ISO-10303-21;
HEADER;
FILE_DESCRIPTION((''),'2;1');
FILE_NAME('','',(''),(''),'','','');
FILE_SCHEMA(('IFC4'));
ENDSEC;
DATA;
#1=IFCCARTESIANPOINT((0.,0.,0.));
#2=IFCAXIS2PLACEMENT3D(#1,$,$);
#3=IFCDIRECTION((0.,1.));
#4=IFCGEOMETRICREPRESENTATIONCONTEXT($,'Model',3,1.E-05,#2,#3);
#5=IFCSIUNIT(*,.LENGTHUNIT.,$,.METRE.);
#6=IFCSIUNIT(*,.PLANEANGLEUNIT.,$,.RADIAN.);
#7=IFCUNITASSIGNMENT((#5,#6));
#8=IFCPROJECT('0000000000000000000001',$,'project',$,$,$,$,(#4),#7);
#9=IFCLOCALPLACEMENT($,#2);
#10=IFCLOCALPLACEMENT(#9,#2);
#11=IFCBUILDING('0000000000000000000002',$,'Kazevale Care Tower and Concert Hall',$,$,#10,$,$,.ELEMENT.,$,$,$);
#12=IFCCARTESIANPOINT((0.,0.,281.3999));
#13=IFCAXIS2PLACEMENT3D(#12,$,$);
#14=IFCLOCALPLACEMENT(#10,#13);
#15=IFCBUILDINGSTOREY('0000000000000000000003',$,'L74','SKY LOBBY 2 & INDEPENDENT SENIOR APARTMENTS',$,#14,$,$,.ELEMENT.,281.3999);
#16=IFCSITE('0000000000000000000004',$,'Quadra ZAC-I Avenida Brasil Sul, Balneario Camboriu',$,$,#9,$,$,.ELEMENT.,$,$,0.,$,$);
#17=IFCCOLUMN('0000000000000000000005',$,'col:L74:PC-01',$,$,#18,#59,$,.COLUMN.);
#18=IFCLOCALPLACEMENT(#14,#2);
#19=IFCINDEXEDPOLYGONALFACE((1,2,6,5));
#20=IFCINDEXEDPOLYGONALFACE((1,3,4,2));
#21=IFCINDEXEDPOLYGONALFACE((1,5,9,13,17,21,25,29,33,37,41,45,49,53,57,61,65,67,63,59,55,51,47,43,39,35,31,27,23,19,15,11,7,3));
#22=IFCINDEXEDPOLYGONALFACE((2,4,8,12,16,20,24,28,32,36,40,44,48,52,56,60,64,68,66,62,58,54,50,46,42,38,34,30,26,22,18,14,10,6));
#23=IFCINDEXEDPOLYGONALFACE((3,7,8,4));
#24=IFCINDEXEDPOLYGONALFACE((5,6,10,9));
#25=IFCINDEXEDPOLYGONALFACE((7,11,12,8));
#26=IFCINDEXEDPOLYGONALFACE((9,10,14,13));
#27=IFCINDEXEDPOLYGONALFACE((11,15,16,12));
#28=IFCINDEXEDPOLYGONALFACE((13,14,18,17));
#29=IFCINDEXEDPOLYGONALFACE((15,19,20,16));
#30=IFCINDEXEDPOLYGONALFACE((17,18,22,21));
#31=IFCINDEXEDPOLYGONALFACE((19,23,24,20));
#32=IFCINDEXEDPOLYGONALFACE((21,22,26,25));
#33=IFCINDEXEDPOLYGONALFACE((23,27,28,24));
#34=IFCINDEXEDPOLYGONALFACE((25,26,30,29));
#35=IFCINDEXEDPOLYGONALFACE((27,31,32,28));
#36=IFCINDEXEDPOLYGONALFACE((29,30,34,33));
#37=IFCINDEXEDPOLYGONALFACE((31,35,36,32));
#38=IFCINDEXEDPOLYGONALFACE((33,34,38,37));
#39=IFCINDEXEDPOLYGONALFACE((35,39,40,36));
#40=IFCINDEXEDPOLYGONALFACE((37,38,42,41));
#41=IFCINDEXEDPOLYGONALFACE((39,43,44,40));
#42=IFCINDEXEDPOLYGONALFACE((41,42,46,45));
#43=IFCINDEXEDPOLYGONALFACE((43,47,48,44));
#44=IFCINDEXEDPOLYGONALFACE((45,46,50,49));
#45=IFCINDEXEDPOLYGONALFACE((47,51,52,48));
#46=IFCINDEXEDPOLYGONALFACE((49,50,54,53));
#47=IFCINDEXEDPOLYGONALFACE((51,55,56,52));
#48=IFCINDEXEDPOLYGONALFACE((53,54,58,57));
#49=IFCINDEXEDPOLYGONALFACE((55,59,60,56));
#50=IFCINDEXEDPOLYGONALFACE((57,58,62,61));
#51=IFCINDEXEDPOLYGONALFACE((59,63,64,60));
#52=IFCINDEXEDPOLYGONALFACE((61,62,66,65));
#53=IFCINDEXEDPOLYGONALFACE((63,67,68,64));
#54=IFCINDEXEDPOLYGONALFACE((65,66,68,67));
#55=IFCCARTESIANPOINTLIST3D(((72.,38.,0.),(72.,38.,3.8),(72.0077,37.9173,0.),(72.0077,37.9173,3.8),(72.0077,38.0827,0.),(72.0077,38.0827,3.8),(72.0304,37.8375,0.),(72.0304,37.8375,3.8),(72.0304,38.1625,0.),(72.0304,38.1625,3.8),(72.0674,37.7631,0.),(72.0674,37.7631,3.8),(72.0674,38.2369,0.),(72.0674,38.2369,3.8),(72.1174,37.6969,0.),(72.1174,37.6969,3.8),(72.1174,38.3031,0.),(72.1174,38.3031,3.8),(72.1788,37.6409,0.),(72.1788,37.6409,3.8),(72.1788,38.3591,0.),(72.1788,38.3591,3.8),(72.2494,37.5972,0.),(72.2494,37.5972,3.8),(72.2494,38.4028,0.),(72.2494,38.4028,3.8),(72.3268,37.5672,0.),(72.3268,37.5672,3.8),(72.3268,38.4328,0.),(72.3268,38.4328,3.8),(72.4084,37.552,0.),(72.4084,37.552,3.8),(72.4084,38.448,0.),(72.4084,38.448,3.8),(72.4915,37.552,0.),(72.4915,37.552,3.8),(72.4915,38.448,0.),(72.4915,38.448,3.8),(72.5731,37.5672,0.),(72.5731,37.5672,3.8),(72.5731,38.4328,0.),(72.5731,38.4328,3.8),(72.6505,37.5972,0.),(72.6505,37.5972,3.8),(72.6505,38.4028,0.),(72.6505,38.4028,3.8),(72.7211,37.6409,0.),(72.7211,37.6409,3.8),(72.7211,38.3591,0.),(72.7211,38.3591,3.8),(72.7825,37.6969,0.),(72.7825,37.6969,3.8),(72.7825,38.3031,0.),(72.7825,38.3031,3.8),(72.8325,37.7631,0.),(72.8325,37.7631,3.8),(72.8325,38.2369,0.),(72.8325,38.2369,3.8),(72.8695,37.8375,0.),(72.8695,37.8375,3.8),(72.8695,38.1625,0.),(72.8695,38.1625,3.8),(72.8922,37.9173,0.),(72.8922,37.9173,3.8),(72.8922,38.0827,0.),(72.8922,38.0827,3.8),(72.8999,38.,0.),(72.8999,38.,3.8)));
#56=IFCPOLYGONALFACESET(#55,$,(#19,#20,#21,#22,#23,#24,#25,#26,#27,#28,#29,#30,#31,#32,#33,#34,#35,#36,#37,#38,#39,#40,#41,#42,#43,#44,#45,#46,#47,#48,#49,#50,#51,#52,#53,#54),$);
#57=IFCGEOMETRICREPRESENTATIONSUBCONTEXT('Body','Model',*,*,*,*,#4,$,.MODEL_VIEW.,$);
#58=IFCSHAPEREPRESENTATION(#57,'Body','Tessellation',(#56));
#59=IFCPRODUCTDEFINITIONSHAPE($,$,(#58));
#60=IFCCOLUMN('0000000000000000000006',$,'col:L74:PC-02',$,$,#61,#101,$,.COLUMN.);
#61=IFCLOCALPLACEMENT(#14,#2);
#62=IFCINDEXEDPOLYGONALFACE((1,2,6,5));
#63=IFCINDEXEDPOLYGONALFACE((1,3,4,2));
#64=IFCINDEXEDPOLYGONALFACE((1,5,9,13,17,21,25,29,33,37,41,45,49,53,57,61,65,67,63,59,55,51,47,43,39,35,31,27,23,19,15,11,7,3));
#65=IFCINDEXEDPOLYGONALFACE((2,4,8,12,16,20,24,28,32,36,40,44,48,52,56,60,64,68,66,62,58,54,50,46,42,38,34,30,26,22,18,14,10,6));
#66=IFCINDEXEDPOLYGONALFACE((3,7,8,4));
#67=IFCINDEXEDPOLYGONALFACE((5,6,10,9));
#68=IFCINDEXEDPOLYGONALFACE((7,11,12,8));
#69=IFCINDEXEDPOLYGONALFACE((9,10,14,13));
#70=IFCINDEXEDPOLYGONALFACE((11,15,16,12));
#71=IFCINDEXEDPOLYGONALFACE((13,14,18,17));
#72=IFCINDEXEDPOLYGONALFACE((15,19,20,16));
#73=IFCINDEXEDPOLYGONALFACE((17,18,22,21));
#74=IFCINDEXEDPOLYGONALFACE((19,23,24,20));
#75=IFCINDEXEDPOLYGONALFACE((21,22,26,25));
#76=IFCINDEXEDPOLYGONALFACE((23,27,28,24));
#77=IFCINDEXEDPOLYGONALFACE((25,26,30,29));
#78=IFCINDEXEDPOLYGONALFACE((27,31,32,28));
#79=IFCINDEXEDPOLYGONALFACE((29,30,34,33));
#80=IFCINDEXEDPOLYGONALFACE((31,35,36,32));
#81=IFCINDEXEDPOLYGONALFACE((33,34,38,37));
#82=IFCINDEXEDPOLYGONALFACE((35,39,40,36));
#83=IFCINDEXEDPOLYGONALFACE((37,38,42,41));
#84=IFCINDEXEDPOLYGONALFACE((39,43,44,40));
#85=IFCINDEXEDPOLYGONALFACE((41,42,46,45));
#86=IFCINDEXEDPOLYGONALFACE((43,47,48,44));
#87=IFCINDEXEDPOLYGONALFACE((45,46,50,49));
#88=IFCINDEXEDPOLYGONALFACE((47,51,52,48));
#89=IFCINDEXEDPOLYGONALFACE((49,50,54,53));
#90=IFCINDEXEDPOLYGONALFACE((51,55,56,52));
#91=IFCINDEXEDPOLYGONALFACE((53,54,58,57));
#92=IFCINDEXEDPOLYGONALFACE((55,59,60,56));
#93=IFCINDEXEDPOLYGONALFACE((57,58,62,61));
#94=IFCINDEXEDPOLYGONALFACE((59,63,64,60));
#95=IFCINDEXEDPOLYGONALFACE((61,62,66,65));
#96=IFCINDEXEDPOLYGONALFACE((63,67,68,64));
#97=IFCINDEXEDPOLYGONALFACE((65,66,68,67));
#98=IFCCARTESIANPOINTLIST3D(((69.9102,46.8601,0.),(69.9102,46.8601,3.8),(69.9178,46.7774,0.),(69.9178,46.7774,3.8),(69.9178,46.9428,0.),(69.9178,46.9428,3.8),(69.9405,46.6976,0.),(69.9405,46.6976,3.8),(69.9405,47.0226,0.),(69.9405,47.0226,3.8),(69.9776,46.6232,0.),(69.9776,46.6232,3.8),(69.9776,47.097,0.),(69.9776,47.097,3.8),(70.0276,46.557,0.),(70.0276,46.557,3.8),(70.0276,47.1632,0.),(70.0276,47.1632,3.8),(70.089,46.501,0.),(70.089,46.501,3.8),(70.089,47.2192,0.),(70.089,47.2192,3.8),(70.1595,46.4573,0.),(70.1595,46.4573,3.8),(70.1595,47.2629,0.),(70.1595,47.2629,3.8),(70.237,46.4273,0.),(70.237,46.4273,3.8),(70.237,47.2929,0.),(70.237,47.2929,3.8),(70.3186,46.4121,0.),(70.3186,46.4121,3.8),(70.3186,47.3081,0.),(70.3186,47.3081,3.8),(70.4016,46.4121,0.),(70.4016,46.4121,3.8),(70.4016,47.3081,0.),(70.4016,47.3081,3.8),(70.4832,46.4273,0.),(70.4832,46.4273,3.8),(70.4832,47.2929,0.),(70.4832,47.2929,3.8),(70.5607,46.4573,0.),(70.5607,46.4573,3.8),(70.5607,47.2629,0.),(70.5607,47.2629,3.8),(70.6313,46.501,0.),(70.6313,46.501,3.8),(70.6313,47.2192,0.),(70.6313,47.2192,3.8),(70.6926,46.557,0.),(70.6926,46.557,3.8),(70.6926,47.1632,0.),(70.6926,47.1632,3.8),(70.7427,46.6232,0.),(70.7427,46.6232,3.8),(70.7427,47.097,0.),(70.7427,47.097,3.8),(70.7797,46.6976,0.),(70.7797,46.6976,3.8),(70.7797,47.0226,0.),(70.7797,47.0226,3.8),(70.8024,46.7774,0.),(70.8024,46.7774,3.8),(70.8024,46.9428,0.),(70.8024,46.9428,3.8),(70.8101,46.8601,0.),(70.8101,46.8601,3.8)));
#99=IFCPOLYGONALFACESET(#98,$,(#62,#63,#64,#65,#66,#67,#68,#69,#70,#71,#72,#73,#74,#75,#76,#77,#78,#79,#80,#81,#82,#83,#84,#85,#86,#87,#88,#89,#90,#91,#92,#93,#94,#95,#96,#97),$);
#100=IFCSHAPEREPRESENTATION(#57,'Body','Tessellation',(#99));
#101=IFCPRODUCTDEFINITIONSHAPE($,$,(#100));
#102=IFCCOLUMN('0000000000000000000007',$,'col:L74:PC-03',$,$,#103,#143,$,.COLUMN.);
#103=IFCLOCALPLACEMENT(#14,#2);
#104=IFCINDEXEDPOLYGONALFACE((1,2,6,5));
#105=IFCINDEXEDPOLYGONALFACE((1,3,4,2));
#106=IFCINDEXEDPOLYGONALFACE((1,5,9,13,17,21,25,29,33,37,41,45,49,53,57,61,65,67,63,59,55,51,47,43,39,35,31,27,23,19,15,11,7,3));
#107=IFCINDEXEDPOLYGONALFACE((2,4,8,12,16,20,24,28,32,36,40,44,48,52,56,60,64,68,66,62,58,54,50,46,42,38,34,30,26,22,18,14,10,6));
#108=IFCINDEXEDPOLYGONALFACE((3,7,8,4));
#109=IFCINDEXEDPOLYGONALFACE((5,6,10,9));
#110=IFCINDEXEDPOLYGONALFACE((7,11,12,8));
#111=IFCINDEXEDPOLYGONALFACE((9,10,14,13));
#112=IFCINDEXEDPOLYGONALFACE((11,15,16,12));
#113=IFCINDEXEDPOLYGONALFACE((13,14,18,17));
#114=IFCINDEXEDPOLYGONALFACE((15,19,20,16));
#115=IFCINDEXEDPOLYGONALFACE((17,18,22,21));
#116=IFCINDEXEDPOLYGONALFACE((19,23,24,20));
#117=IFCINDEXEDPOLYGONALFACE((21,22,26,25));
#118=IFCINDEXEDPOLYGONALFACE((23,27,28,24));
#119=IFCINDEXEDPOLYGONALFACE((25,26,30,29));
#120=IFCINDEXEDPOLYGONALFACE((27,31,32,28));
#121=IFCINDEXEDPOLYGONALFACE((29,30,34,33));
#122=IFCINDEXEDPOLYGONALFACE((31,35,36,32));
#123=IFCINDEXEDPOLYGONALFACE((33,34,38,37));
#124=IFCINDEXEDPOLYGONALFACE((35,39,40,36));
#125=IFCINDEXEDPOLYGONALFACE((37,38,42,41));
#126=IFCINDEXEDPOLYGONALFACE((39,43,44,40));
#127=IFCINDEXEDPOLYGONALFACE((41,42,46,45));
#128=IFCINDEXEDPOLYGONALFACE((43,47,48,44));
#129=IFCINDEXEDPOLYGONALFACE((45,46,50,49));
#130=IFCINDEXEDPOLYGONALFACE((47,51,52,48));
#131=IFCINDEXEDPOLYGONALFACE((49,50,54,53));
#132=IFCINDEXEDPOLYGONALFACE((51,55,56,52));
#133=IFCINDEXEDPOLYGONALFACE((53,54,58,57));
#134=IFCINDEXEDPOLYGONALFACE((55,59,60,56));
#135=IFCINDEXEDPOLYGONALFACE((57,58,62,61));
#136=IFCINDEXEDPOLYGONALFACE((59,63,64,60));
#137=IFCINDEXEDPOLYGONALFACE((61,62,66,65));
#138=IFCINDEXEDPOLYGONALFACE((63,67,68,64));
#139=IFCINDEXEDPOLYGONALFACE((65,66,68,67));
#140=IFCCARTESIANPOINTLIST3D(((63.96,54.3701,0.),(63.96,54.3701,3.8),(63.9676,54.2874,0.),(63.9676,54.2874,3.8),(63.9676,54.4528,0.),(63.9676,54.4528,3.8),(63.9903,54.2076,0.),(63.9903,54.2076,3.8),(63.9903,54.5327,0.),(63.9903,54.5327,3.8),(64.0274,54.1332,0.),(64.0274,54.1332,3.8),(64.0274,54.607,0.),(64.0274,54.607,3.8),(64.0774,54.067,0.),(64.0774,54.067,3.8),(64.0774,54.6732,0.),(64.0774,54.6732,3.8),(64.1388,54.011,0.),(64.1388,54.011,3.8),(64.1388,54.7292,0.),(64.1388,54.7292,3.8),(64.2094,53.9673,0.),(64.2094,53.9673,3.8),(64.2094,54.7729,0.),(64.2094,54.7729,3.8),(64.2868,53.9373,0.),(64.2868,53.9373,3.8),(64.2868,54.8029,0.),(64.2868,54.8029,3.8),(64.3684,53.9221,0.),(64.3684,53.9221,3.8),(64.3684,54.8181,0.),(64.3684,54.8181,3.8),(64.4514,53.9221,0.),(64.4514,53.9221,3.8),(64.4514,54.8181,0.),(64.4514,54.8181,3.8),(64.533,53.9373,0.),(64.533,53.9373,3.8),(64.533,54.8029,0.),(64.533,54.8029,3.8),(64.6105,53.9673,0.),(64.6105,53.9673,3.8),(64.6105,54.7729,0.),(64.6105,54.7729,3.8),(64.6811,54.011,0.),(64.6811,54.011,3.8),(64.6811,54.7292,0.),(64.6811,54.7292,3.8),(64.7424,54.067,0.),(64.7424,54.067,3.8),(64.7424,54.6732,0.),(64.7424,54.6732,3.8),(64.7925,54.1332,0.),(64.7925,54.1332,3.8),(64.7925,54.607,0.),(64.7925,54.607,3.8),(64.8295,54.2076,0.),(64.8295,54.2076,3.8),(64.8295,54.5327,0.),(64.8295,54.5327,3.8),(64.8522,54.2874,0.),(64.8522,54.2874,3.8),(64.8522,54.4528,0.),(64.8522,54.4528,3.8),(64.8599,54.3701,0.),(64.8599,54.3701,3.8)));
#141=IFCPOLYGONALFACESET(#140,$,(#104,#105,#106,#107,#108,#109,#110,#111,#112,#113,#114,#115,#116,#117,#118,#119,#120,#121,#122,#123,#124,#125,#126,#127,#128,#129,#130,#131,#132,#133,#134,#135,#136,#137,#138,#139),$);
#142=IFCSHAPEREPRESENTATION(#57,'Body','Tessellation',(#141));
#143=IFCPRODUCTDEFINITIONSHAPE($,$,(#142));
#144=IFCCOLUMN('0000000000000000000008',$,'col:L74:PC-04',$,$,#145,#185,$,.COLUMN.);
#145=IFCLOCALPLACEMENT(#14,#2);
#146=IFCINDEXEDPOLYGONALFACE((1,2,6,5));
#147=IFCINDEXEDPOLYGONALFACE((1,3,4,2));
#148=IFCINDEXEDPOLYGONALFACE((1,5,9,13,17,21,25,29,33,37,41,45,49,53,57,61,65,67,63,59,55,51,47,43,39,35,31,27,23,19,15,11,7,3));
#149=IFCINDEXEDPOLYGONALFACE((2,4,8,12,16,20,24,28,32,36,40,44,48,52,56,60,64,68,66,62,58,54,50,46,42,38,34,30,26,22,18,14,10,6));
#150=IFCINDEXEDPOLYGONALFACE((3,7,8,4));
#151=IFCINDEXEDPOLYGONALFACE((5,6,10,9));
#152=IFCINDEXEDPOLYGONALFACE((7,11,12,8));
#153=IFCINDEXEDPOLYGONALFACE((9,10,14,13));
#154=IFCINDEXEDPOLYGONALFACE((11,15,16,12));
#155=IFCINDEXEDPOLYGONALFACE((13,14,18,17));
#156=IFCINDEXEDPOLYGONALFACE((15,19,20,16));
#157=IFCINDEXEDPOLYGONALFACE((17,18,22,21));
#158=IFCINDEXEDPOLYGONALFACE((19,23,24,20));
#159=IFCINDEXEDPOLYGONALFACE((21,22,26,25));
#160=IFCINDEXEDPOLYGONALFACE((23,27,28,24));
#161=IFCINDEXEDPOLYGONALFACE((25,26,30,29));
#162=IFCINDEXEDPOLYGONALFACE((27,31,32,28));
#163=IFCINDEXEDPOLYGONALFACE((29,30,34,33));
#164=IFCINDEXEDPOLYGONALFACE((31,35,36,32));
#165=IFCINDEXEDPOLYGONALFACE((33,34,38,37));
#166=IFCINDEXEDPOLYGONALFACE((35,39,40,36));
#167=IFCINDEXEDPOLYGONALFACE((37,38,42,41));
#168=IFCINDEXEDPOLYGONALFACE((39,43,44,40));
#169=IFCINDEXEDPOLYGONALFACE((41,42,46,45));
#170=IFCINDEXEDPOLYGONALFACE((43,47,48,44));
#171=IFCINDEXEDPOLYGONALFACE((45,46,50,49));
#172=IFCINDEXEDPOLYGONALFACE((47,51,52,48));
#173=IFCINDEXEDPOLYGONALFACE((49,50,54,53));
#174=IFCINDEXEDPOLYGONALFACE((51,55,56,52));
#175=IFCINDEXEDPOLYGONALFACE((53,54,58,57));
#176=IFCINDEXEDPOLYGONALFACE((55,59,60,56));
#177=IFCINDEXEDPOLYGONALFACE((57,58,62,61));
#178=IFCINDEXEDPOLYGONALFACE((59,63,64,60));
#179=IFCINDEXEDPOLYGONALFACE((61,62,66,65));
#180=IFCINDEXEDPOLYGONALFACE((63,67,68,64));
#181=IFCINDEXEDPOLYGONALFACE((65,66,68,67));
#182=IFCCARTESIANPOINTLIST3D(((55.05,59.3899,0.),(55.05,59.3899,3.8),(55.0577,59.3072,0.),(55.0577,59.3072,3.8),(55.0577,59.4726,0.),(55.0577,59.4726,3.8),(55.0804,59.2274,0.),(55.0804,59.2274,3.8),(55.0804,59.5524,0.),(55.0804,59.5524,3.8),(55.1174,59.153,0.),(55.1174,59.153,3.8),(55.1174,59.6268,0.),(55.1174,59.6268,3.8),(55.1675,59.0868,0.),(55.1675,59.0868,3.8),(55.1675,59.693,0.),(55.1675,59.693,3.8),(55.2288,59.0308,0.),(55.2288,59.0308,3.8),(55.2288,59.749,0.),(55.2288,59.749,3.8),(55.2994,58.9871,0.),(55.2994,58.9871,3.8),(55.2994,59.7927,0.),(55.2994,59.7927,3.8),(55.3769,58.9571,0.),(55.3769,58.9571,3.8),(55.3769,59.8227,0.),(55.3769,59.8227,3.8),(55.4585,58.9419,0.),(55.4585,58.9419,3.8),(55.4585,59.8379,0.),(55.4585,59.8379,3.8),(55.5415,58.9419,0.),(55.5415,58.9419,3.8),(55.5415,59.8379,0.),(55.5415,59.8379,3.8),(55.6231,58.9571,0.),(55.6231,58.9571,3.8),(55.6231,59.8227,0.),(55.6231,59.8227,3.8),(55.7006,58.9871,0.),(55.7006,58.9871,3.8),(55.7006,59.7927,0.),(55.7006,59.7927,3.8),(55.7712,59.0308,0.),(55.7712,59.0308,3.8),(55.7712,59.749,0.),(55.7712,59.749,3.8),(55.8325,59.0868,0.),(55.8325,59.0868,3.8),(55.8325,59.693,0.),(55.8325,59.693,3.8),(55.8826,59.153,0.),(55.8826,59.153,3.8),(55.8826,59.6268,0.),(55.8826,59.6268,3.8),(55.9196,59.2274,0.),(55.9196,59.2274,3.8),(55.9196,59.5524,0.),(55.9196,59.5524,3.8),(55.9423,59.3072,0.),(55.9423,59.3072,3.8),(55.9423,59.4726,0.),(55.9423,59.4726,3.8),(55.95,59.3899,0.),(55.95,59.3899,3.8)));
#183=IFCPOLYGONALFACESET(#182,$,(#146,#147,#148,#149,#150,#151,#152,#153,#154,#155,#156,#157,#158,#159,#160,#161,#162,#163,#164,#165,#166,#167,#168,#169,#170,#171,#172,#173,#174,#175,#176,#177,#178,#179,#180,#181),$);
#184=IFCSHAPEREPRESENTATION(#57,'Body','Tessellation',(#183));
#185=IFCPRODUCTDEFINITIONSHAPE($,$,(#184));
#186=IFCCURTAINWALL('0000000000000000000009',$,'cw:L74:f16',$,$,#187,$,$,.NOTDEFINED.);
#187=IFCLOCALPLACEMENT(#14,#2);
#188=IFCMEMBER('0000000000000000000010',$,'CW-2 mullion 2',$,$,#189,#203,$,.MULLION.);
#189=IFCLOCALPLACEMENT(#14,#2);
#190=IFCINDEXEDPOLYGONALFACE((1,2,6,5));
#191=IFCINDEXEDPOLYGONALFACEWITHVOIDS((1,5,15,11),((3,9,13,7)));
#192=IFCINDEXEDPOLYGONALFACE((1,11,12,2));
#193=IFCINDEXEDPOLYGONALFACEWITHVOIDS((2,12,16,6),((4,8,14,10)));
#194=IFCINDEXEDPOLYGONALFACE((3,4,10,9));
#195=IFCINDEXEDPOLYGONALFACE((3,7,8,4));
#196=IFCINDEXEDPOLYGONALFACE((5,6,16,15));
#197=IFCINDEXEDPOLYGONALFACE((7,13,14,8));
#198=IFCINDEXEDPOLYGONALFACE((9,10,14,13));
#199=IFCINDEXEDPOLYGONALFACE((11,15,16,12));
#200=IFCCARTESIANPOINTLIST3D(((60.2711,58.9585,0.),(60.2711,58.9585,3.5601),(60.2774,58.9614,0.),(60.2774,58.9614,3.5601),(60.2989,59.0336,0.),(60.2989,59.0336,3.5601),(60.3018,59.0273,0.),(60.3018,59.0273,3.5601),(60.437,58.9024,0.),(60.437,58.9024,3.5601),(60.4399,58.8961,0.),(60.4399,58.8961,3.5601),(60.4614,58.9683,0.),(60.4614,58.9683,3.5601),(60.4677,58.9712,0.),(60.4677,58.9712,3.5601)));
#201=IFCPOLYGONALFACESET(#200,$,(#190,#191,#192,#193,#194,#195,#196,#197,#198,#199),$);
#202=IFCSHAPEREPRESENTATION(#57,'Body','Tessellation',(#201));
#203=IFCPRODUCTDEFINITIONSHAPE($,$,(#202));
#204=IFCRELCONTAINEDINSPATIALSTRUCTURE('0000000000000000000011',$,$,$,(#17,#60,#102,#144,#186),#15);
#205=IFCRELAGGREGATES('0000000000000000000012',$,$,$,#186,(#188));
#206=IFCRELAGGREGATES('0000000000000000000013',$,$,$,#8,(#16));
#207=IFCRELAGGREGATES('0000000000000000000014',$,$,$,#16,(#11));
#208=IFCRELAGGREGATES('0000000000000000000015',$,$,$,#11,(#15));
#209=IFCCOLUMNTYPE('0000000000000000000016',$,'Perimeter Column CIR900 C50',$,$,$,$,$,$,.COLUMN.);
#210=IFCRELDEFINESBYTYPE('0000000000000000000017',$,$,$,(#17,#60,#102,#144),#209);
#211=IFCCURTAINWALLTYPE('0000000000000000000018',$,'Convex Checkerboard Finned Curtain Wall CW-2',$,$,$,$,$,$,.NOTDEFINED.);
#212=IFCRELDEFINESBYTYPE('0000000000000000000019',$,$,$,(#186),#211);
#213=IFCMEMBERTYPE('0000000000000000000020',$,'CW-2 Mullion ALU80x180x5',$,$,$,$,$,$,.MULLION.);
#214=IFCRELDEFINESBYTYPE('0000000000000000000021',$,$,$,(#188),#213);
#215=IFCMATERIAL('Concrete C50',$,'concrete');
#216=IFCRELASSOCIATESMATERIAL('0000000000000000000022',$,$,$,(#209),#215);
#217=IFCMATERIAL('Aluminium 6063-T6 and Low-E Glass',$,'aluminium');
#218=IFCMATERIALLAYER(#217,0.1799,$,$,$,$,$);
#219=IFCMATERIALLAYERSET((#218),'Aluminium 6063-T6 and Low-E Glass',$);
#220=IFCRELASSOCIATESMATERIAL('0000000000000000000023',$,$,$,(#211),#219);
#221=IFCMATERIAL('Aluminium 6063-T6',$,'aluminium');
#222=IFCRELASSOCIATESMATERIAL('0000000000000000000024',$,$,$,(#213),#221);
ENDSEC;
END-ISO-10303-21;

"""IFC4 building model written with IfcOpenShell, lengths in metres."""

from ifc_helpers import new_model, si_unit, direction, frame, origin, origin_2d, place, context, subcontext, project, spatial, hollow_rectangle, circle, extrude, material, layer, layer_set, material_profile, profile_set, type_object, element, aggregate, save


model = new_model("IFC4")

# Units and contexts
model_context = context("Model", 3, precision=1e-05, world=origin(), true_north=direction((0.0, 1.0)))
body_context = subcontext(model_context, "Body", "Model", "MODEL_VIEW")
ifc_project = project(units=[si_unit("LENGTHUNIT", "METRE"), si_unit("PLANEANGLEUNIT", "RADIAN")], contexts=[model_context])

# Site, building, storey
site_placement = place(None, origin())
site = spatial("IfcSite", under=ifc_project, at=site_placement, Name="Quadra ZAC-I Avenida Brasil Sul, Balneario Camboriu", CompositionType="ELEMENT", RefElevation=0.0)
building_placement = place(site_placement, origin())
building = spatial("IfcBuilding", under=site, at=building_placement, Name="Kazevale Care Tower and Concert Hall", CompositionType="ELEMENT")
storey_placement = place(building_placement, frame((0.0, 0.0, 281.3999)))
storey = spatial("IfcBuildingStorey", under=building, at=storey_placement, Name="L74", Description="SKY LOBBY 2 & INDEPENDENT SENIOR APARTMENTS", CompositionType="ELEMENT", Elevation=281.3999)

# Columns
ifc_material_1 = material(Name="Concrete C50", Category="concrete")
ifc_material_profile_1 = material_profile(ifc_material_1, circle(Radius=0.45, at=origin_2d()), Name="RC-CIR900")
ifc_profile_set_1 = profile_set([ifc_material_profile_1], Name="Concrete C50")
column_type = type_object("IfcColumnType", Name="Perimeter Column CIR900 C50", PredefinedType="COLUMN", material=ifc_profile_set_1)
for number, where, z_axis, x_axis, name in (
    (1, (72.45, 38.0, 0.0), (0.0, 0.0, 1.0), (1.0, 0.0, 0.0), "col:L74:PC-01"),
    (2, (70.3601, 46.8601, 0.0), (0.0, 0.0, 1.0), (1.0, 0.0, 0.0), "col:L74:PC-02"),
    (3, (64.4099, 54.3701, 0.0), (0.0, 0.0, 1.0), (1.0, 0.0, 0.0), "col:L74:PC-03"),
    (4, (55.5, 59.3899, 0.0), (0.0, 0.0, 1.0), (1.0, 0.0, 0.0), "col:L74:PC-04"),
):
    element("IfcColumn", number, at=place(storey_placement, frame(where, z_axis=z_axis, x_axis=x_axis)), inside=storey, type_object=column_type, Name=name, PredefinedType="COLUMN", context=body_context, shape_type="SweptSolid", body=[
        extrude(circle(Radius=0.45, at=origin_2d()), origin(), (0.0, 0.0, 1.0), 3.8),
    ])

# Curtain wall, member
ifc_material_2 = material(Name="Aluminium 6063-T6 and Low-E Glass", Category="aluminium")
ifc_layer_1 = layer(ifc_material_2, 0.1799)
ifc_layer_set_1 = layer_set([ifc_layer_1], Name="Aluminium 6063-T6 and Low-E Glass")
curtain_wall_type_1 = type_object("IfcCurtainWallType", Name="Convex Checkerboard Finned Curtain Wall CW-2", PredefinedType="NOTDEFINED", material=ifc_layer_set_1)
curtain_wall_1_placement = place(storey_placement, origin())
curtain_wall_1 = element("IfcCurtainWall", 5, at=curtain_wall_1_placement, inside=storey, type_object=curtain_wall_type_1, Name="cw:L74:f16", PredefinedType="NOTDEFINED")
ifc_material_3 = material(Name="Aluminium 6063-T6", Category="aluminium")
ifc_material_profile_2 = material_profile(ifc_material_3, hollow_rectangle(XDim=0.0801, YDim=0.1799, WallThickness=0.0049, at=origin_2d()), Name="ALU80x180x5")
ifc_profile_set_2 = profile_set([ifc_material_profile_2], Name="Aluminium 6063-T6")
member_type_1 = type_object("IfcMemberType", Name="CW-2 Mullion ALU80x180x5", PredefinedType="MULLION", material=ifc_profile_set_2)
member_1_placement = place(storey_placement, frame((60.3694, 58.9648, 0.0), z_axis=(0.0, 0.0, 1.0), x_axis=(0.346864, 0.937916, 0.0)))
member_1 = element("IfcMember", 6, at=member_1_placement, type_object=member_type_1, Name="CW-2 mullion 2", PredefinedType="MULLION", context=body_context, shape_type="SweptSolid", body=[
    extrude(hollow_rectangle(XDim=0.0801, YDim=0.1799, WallThickness=0.0049, at=origin_2d()), origin(), (0.0, 0.0, 1.0), 3.5601),
])

aggregate(curtain_wall_1, [member_1])

save(model, "model.ifc")
